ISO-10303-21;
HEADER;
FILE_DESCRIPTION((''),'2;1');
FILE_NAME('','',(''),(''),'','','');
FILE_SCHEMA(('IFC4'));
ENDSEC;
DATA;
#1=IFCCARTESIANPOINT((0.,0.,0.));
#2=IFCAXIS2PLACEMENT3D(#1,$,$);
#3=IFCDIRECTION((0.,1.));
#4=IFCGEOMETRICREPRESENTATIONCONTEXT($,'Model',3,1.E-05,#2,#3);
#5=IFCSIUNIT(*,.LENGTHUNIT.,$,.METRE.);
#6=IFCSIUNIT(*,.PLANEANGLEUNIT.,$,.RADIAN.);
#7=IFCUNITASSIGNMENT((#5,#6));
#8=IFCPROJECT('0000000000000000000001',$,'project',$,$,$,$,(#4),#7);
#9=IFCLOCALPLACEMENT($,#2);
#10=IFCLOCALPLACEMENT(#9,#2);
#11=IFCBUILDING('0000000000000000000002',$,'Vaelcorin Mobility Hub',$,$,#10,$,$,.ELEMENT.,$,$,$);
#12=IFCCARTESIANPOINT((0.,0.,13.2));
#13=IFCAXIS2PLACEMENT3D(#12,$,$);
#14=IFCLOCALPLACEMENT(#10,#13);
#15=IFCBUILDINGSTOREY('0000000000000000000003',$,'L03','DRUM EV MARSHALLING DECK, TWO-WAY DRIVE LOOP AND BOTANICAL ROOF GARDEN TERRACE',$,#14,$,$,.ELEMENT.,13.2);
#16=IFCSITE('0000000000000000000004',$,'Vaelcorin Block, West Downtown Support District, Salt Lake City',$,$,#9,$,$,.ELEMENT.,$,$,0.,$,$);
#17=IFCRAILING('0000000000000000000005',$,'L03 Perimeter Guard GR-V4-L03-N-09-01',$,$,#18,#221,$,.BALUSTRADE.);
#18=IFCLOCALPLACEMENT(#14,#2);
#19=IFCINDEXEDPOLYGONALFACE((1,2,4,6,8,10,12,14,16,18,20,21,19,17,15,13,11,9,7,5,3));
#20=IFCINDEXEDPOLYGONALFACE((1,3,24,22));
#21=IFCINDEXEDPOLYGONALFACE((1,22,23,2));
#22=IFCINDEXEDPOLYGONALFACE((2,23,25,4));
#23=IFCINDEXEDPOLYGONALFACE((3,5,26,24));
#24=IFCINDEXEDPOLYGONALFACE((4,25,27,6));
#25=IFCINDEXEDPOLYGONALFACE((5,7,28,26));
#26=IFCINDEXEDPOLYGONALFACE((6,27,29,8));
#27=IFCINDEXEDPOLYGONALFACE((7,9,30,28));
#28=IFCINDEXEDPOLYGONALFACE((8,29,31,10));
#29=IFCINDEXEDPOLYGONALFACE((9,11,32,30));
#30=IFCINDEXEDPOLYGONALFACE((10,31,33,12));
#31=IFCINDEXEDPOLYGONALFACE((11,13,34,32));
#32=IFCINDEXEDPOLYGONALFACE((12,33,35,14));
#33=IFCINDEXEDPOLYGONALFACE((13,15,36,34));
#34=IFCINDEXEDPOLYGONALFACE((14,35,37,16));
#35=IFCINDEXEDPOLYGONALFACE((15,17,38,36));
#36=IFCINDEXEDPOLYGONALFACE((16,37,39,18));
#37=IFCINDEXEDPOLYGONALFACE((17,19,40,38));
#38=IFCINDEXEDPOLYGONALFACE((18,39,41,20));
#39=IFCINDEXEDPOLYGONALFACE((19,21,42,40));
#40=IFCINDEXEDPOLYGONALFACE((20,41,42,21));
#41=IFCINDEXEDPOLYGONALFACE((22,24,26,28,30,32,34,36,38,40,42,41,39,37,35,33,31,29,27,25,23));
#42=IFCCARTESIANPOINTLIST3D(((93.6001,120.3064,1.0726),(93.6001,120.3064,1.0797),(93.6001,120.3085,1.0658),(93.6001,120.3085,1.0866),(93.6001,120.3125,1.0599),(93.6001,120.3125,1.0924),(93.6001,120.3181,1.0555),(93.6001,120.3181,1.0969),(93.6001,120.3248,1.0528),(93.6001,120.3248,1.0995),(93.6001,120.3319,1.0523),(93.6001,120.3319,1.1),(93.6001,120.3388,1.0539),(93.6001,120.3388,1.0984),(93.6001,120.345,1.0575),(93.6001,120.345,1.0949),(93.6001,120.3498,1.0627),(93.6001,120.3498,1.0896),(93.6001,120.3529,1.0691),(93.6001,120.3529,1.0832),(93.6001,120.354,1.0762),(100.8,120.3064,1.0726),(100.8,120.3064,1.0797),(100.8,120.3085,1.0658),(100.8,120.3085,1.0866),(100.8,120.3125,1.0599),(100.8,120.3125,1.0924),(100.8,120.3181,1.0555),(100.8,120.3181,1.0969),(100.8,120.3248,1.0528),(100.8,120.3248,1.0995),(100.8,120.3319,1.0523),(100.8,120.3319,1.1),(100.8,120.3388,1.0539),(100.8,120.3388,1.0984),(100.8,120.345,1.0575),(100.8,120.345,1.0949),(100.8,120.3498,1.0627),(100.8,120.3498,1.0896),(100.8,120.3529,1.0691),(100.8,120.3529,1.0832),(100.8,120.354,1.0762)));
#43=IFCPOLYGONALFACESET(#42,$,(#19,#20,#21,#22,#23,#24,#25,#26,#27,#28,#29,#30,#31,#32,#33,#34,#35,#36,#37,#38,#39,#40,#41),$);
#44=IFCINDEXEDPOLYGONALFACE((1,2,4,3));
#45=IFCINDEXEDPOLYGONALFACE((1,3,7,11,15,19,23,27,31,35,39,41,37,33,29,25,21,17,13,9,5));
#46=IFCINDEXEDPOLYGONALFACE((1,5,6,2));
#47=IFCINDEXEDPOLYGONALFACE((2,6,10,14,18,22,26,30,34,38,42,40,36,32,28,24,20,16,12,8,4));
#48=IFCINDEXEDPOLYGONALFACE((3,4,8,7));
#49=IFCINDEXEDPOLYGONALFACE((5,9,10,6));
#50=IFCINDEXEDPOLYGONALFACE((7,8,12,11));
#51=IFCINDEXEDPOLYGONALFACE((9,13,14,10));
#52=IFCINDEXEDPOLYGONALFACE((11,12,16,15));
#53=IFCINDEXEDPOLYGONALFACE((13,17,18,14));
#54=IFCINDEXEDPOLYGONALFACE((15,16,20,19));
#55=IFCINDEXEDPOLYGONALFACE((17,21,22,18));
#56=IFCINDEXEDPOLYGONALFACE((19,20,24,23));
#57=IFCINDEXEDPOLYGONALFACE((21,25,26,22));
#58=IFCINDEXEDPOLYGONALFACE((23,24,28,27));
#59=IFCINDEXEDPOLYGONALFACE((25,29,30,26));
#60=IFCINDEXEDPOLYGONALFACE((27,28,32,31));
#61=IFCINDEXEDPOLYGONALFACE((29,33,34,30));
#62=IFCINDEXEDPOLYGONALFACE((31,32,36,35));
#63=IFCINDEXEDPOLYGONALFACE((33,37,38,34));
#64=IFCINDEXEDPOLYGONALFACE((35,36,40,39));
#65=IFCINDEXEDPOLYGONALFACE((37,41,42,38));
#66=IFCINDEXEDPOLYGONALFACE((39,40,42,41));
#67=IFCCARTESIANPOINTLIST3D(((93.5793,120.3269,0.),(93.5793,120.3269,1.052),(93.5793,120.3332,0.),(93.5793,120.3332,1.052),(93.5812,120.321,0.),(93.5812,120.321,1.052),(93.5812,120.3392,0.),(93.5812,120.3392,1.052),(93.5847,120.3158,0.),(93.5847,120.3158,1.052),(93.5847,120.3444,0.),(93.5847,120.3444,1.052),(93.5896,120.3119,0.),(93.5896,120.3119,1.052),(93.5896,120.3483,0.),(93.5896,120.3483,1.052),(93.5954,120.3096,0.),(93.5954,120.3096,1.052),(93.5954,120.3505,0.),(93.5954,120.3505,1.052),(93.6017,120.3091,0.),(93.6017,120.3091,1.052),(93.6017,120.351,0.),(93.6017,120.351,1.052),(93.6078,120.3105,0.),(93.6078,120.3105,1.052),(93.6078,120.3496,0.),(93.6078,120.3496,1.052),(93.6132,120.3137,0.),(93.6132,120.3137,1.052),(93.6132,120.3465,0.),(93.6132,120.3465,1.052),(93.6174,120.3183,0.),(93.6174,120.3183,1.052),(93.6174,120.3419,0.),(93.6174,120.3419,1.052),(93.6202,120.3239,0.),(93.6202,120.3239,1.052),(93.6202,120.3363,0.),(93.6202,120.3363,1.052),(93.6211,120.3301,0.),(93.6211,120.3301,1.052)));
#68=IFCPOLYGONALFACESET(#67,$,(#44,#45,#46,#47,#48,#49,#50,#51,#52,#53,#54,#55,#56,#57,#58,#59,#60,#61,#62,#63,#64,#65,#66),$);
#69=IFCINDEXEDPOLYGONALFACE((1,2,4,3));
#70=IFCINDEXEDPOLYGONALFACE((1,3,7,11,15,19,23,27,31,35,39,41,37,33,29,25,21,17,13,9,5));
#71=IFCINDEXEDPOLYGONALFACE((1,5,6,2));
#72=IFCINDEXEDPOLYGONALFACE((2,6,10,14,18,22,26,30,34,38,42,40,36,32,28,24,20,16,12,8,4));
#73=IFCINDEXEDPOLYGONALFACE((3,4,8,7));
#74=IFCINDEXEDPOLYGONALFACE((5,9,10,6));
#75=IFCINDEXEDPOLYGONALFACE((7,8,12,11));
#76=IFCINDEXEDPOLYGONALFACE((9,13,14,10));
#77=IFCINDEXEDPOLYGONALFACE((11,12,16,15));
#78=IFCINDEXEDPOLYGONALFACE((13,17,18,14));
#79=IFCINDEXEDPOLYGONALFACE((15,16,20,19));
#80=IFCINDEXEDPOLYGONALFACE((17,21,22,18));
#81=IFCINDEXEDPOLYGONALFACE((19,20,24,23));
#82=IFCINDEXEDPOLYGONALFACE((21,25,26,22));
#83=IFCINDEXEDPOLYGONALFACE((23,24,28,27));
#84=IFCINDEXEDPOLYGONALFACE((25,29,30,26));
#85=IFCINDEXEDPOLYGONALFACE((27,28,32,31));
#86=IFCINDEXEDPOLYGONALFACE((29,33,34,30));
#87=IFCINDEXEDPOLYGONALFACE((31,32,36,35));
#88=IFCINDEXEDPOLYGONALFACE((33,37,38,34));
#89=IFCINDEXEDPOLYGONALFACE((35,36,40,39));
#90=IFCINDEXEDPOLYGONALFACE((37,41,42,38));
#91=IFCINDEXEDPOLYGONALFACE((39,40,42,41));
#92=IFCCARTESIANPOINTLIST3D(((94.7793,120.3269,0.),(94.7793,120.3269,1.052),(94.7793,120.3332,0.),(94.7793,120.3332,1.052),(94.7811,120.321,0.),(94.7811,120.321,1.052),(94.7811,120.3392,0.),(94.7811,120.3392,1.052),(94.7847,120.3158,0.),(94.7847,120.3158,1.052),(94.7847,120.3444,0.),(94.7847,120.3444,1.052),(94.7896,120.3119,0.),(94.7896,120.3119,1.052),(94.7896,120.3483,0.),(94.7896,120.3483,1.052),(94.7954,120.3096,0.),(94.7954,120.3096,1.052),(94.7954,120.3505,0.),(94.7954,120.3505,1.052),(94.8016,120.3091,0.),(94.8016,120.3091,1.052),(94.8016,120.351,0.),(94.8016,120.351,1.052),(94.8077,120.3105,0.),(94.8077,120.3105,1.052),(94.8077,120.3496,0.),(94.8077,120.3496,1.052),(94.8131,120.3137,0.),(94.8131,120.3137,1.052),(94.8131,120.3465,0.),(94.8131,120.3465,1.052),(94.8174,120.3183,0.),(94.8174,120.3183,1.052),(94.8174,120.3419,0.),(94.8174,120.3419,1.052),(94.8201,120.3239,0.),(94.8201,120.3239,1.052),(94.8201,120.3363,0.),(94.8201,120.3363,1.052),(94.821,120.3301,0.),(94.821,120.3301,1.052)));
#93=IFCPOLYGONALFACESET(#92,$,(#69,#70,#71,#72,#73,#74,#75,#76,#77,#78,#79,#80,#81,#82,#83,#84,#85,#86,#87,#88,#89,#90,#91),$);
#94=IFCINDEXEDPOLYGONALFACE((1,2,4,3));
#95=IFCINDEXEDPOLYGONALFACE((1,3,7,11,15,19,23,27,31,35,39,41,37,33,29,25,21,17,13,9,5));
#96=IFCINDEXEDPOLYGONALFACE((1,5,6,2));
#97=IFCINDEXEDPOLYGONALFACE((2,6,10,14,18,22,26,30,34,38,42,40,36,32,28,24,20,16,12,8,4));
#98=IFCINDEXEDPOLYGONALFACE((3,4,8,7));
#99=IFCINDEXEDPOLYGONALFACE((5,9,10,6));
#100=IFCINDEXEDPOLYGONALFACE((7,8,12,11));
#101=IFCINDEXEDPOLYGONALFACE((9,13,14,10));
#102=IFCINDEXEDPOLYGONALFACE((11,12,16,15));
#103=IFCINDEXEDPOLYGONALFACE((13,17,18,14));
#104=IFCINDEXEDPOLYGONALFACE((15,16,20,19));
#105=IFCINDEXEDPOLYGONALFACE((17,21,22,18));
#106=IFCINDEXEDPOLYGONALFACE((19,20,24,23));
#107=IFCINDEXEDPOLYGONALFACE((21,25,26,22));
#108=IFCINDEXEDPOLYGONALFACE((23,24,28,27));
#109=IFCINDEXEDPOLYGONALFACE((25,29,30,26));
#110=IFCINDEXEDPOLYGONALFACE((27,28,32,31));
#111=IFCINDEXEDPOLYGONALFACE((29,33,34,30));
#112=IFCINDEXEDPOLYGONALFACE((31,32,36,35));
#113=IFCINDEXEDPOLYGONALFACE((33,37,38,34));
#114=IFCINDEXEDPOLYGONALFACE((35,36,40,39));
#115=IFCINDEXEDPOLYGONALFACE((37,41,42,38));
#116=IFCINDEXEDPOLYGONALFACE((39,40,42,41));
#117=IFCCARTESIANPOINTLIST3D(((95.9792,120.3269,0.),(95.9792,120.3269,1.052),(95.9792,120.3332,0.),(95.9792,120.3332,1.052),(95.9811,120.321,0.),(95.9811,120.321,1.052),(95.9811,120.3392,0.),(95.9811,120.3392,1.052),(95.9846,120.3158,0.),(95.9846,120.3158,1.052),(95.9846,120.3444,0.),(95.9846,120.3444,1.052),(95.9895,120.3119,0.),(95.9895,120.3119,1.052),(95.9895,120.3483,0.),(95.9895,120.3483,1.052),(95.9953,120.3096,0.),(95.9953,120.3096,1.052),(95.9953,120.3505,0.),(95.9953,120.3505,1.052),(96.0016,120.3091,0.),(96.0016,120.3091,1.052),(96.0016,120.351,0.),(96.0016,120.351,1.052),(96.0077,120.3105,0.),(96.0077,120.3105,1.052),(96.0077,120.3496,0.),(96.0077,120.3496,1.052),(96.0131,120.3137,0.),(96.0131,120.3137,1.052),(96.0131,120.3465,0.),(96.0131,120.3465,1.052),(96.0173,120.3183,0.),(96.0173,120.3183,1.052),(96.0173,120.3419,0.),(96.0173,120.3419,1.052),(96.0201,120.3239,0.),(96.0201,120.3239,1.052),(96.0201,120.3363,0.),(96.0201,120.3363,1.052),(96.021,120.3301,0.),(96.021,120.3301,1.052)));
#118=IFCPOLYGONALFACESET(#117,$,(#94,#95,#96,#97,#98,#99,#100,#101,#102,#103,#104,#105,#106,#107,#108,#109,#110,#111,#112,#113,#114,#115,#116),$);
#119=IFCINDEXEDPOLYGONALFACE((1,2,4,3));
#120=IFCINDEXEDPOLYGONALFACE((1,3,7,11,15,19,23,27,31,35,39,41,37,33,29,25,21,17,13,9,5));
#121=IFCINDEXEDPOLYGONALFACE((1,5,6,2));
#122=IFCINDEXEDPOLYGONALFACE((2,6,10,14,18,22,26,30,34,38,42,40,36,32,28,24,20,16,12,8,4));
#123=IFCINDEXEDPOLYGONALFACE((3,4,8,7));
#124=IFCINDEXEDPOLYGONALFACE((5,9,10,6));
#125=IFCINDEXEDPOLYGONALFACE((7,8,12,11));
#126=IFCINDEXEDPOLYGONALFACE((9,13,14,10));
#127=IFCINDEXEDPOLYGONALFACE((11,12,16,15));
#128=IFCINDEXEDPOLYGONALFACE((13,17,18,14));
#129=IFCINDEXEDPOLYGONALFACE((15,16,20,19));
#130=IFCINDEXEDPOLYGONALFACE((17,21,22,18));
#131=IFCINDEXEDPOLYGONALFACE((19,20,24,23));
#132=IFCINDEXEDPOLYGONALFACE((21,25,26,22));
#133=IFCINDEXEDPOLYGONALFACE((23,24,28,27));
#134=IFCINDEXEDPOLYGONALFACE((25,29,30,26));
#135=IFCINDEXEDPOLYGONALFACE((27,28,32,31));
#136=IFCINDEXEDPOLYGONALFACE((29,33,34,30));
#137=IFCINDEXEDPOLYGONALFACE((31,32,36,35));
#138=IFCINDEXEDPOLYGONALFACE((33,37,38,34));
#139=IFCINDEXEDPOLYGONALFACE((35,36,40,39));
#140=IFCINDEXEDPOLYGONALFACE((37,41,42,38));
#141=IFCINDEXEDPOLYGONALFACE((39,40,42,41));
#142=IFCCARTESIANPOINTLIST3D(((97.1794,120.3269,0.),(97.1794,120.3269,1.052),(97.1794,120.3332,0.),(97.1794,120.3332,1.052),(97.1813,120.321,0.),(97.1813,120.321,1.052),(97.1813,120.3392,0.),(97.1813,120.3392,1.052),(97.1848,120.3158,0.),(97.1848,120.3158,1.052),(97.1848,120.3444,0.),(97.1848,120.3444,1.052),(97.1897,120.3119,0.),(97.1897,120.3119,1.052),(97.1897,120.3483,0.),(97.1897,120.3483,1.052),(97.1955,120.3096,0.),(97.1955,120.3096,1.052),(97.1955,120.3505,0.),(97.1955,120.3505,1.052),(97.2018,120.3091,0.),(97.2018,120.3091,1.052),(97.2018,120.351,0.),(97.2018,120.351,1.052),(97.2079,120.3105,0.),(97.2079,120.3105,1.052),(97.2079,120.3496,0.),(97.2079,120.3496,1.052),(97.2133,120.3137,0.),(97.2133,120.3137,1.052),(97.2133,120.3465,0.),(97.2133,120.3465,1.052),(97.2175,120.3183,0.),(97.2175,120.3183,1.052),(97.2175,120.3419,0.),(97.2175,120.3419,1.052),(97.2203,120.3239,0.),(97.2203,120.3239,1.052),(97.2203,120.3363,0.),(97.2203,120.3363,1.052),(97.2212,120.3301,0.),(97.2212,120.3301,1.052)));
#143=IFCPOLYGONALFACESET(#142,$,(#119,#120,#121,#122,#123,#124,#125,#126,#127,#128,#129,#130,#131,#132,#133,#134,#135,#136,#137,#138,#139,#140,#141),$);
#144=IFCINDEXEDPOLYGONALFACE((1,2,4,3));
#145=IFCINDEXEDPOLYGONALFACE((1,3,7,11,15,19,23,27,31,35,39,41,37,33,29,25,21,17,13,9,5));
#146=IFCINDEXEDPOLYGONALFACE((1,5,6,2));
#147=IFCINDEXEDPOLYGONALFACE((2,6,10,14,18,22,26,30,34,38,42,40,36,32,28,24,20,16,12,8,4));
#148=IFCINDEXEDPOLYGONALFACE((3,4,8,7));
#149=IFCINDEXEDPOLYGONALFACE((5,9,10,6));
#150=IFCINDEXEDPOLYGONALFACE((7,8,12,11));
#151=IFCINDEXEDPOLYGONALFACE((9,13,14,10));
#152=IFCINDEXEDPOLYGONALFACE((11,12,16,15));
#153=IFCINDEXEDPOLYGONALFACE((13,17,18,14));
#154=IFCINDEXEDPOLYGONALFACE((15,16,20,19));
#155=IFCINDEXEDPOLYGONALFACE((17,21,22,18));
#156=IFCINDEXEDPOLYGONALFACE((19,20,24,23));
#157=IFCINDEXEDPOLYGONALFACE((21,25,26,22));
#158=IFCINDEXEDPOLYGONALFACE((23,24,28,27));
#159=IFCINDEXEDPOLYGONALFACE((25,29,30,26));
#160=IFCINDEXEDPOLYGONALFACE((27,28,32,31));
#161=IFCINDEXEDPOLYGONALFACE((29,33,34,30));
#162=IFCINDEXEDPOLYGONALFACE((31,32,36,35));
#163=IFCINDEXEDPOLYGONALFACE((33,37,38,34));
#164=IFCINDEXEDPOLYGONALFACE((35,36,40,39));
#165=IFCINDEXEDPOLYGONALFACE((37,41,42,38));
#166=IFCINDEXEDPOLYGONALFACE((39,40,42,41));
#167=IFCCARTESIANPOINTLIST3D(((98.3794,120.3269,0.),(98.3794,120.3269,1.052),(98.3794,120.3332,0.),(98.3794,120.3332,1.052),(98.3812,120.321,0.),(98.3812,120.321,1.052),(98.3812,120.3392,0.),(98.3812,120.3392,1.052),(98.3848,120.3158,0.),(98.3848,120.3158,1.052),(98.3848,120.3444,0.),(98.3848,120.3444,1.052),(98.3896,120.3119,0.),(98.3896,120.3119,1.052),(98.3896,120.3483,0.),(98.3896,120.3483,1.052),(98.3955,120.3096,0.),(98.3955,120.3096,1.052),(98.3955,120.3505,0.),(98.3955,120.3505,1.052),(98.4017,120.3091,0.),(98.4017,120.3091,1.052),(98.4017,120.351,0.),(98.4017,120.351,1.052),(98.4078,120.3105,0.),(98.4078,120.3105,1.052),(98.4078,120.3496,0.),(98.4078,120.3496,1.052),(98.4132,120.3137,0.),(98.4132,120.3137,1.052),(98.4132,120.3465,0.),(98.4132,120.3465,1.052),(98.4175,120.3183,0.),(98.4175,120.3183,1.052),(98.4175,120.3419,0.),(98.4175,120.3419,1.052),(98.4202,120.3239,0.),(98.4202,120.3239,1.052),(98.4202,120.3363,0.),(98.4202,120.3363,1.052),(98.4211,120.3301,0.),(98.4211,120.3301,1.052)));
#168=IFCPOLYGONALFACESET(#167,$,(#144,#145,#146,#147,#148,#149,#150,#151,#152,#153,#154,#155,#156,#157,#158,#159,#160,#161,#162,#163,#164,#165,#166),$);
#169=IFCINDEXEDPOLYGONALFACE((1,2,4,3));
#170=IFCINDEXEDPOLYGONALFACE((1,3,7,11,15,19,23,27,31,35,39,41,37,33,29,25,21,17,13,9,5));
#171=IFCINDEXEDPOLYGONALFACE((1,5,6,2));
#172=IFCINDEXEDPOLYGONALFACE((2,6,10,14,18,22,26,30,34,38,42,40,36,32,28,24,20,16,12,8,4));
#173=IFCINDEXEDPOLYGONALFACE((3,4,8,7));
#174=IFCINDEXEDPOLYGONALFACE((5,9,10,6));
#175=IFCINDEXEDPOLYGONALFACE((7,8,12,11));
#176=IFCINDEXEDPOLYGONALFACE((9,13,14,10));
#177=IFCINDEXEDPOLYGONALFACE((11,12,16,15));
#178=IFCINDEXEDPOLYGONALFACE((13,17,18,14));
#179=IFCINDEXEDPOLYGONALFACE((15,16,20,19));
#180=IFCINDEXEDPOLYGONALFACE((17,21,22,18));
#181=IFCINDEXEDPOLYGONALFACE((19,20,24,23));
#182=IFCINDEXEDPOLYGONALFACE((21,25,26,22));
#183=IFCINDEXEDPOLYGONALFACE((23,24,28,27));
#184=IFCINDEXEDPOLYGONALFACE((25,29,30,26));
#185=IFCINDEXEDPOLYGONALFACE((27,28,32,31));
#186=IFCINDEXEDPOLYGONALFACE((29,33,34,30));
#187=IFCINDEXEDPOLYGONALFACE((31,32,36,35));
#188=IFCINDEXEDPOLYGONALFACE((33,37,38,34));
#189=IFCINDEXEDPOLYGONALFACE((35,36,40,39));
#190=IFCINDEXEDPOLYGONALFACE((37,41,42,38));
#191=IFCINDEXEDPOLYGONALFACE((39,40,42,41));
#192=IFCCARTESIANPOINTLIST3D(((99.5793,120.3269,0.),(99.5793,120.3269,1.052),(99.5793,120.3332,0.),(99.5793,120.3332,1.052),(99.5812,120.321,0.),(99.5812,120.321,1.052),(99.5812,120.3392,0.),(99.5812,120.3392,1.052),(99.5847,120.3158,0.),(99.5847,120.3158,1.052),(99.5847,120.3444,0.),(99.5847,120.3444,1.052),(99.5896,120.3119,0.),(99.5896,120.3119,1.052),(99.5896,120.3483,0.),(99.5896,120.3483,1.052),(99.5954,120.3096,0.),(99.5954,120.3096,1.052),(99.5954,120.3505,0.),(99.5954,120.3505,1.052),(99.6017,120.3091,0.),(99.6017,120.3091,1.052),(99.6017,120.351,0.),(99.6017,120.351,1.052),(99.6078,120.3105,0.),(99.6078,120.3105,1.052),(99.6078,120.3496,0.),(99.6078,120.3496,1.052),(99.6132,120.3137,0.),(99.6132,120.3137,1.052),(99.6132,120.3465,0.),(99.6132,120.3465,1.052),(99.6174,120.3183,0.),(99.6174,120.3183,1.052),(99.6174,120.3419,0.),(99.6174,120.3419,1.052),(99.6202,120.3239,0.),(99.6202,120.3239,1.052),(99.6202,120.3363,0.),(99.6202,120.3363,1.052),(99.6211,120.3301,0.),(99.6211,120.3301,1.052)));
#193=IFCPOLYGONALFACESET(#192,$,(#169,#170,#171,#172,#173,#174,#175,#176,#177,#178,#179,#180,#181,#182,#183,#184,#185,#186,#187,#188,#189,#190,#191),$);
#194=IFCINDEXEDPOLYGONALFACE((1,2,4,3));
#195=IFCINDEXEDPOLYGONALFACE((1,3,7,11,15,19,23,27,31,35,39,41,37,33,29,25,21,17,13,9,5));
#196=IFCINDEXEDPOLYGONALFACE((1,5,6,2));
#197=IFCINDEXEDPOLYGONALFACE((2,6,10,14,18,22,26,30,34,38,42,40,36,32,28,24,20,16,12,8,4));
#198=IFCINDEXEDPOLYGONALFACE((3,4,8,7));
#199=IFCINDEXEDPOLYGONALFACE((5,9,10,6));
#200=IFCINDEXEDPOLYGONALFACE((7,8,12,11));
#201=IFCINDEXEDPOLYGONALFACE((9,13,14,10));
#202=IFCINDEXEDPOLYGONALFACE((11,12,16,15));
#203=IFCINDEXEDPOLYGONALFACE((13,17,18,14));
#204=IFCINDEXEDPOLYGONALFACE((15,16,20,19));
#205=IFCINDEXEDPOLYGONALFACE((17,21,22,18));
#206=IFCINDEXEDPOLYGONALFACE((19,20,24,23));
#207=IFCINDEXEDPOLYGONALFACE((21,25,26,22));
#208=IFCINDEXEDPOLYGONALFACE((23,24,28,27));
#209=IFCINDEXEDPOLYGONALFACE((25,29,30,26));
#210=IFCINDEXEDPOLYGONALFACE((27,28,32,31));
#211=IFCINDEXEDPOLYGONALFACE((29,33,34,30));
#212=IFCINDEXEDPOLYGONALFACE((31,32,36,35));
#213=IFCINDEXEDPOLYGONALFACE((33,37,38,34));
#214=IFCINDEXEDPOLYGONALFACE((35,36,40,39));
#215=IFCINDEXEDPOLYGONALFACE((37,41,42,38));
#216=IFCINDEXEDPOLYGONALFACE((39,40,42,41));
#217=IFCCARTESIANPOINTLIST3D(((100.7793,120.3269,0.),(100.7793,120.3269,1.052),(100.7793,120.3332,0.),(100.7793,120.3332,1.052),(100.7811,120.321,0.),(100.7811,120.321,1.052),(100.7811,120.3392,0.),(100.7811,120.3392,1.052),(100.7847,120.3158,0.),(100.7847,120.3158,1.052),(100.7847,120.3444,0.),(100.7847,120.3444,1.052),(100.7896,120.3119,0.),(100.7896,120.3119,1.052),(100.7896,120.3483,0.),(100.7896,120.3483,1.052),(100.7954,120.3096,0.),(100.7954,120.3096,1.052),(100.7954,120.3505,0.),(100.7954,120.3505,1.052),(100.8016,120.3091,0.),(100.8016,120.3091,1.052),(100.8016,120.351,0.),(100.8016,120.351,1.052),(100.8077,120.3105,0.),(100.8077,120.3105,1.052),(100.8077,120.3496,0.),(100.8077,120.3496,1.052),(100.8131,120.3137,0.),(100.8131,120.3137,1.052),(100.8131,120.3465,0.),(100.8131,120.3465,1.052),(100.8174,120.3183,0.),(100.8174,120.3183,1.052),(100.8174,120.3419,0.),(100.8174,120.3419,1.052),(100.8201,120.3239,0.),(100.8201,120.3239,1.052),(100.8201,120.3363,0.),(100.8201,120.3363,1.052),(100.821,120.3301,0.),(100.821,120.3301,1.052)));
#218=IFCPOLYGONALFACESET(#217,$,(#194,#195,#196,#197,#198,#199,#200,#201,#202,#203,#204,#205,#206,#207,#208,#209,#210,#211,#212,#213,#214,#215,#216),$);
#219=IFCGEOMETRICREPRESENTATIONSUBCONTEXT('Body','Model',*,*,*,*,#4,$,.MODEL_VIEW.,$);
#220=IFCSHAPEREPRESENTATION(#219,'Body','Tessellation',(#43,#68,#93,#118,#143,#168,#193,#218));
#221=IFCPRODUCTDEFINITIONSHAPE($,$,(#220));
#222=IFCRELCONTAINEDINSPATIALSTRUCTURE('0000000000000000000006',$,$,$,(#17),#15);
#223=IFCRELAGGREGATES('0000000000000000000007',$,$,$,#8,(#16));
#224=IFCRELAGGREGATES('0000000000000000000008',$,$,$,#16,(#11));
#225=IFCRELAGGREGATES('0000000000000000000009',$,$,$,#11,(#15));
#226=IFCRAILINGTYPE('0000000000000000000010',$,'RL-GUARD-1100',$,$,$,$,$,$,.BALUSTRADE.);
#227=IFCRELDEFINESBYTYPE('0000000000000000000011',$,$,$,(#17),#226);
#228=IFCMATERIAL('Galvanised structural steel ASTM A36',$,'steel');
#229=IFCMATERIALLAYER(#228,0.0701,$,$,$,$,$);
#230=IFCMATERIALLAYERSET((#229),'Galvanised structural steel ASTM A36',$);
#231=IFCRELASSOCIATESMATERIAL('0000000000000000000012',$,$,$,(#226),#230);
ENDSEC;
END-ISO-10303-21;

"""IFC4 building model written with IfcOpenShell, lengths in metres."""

from ifc_helpers import new_model, si_unit, direction, frame, origin, origin_2d, place, context, subcontext, project, spatial, circle, extrude, material, layer, layer_set, type_object, element, save


model = new_model("IFC4")

# Units and contexts
model_context = context("Model", 3, precision=1e-05, world=origin(), true_north=direction((0.0, 1.0)))
body_context = subcontext(model_context, "Body", "Model", "MODEL_VIEW")
ifc_project = project(units=[si_unit("LENGTHUNIT", "METRE"), si_unit("PLANEANGLEUNIT", "RADIAN")], contexts=[model_context])

# Site, building, storey
site_placement = place(None, origin())
site = spatial("IfcSite", under=ifc_project, at=site_placement, Name="Vaelcorin Block, West Downtown Support District, Salt Lake City", CompositionType="ELEMENT", RefElevation=0.0)
building_placement = place(site_placement, origin())
building = spatial("IfcBuilding", under=site, at=building_placement, Name="Vaelcorin Mobility Hub", CompositionType="ELEMENT")
storey_placement = place(building_placement, frame((0.0, 0.0, 13.2)))
storey = spatial("IfcBuildingStorey", under=building, at=storey_placement, Name="L03", Description="DRUM EV MARSHALLING DECK, TWO-WAY DRIVE LOOP AND BOTANICAL ROOF GARDEN TERRACE", CompositionType="ELEMENT", Elevation=13.2)

# Railing
ifc_material_1 = material(Name="Galvanised structural steel ASTM A36", Category="steel")
ifc_layer_1 = layer(ifc_material_1, 0.0701)
ifc_layer_set_1 = layer_set([ifc_layer_1], Name="Galvanised structural steel ASTM A36")
railing_type = type_object("IfcRailingType", Name="RL-GUARD-1100", PredefinedType="BALUSTRADE", material=ifc_layer_set_1)
railing_placement = place(storey_placement, frame((93.6001, 120.3301, 0.0)))
element("IfcRailing", 1, at=railing_placement, inside=storey, type_object=railing_type, Name="L03 Perimeter Guard GR-V4-L03-N-09-01", PredefinedType="BALUSTRADE", context=body_context, shape_type="SweptSolid", body=[
    extrude(circle(Radius=0.0239, at=origin_2d()), frame((0.0, 0.0, 1.0762), z_axis=(1.0, 0.0, 0.0), x_axis=(0.0, 1.0, 0.0)), (0.0, 0.0, 1.0), 7.2),
    extrude(circle(Radius=0.021, at=origin_2d()), origin(), (0.0, 0.0, 1.0), 1.052),
    extrude(circle(Radius=0.021, at=origin_2d()), frame((1.2, 0.0, 0.0)), (0.0, 0.0, 1.0), 1.052),
    extrude(circle(Radius=0.021, at=origin_2d()), frame((2.3999, 0.0, 0.0)), (0.0, 0.0, 1.0), 1.052),
    extrude(circle(Radius=0.021, at=origin_2d()), frame((3.6001, 0.0, 0.0)), (0.0, 0.0, 1.0), 1.052),
    extrude(circle(Radius=0.021, at=origin_2d()), frame((4.8, 0.0, 0.0)), (0.0, 0.0, 1.0), 1.052),
    extrude(circle(Radius=0.021, at=origin_2d()), frame((6.0, 0.0, 0.0)), (0.0, 0.0, 1.0), 1.052),
    extrude(circle(Radius=0.021, at=origin_2d()), frame((7.2, 0.0, 0.0)), (0.0, 0.0, 1.0), 1.052),
])

save(model, "model.ifc")
